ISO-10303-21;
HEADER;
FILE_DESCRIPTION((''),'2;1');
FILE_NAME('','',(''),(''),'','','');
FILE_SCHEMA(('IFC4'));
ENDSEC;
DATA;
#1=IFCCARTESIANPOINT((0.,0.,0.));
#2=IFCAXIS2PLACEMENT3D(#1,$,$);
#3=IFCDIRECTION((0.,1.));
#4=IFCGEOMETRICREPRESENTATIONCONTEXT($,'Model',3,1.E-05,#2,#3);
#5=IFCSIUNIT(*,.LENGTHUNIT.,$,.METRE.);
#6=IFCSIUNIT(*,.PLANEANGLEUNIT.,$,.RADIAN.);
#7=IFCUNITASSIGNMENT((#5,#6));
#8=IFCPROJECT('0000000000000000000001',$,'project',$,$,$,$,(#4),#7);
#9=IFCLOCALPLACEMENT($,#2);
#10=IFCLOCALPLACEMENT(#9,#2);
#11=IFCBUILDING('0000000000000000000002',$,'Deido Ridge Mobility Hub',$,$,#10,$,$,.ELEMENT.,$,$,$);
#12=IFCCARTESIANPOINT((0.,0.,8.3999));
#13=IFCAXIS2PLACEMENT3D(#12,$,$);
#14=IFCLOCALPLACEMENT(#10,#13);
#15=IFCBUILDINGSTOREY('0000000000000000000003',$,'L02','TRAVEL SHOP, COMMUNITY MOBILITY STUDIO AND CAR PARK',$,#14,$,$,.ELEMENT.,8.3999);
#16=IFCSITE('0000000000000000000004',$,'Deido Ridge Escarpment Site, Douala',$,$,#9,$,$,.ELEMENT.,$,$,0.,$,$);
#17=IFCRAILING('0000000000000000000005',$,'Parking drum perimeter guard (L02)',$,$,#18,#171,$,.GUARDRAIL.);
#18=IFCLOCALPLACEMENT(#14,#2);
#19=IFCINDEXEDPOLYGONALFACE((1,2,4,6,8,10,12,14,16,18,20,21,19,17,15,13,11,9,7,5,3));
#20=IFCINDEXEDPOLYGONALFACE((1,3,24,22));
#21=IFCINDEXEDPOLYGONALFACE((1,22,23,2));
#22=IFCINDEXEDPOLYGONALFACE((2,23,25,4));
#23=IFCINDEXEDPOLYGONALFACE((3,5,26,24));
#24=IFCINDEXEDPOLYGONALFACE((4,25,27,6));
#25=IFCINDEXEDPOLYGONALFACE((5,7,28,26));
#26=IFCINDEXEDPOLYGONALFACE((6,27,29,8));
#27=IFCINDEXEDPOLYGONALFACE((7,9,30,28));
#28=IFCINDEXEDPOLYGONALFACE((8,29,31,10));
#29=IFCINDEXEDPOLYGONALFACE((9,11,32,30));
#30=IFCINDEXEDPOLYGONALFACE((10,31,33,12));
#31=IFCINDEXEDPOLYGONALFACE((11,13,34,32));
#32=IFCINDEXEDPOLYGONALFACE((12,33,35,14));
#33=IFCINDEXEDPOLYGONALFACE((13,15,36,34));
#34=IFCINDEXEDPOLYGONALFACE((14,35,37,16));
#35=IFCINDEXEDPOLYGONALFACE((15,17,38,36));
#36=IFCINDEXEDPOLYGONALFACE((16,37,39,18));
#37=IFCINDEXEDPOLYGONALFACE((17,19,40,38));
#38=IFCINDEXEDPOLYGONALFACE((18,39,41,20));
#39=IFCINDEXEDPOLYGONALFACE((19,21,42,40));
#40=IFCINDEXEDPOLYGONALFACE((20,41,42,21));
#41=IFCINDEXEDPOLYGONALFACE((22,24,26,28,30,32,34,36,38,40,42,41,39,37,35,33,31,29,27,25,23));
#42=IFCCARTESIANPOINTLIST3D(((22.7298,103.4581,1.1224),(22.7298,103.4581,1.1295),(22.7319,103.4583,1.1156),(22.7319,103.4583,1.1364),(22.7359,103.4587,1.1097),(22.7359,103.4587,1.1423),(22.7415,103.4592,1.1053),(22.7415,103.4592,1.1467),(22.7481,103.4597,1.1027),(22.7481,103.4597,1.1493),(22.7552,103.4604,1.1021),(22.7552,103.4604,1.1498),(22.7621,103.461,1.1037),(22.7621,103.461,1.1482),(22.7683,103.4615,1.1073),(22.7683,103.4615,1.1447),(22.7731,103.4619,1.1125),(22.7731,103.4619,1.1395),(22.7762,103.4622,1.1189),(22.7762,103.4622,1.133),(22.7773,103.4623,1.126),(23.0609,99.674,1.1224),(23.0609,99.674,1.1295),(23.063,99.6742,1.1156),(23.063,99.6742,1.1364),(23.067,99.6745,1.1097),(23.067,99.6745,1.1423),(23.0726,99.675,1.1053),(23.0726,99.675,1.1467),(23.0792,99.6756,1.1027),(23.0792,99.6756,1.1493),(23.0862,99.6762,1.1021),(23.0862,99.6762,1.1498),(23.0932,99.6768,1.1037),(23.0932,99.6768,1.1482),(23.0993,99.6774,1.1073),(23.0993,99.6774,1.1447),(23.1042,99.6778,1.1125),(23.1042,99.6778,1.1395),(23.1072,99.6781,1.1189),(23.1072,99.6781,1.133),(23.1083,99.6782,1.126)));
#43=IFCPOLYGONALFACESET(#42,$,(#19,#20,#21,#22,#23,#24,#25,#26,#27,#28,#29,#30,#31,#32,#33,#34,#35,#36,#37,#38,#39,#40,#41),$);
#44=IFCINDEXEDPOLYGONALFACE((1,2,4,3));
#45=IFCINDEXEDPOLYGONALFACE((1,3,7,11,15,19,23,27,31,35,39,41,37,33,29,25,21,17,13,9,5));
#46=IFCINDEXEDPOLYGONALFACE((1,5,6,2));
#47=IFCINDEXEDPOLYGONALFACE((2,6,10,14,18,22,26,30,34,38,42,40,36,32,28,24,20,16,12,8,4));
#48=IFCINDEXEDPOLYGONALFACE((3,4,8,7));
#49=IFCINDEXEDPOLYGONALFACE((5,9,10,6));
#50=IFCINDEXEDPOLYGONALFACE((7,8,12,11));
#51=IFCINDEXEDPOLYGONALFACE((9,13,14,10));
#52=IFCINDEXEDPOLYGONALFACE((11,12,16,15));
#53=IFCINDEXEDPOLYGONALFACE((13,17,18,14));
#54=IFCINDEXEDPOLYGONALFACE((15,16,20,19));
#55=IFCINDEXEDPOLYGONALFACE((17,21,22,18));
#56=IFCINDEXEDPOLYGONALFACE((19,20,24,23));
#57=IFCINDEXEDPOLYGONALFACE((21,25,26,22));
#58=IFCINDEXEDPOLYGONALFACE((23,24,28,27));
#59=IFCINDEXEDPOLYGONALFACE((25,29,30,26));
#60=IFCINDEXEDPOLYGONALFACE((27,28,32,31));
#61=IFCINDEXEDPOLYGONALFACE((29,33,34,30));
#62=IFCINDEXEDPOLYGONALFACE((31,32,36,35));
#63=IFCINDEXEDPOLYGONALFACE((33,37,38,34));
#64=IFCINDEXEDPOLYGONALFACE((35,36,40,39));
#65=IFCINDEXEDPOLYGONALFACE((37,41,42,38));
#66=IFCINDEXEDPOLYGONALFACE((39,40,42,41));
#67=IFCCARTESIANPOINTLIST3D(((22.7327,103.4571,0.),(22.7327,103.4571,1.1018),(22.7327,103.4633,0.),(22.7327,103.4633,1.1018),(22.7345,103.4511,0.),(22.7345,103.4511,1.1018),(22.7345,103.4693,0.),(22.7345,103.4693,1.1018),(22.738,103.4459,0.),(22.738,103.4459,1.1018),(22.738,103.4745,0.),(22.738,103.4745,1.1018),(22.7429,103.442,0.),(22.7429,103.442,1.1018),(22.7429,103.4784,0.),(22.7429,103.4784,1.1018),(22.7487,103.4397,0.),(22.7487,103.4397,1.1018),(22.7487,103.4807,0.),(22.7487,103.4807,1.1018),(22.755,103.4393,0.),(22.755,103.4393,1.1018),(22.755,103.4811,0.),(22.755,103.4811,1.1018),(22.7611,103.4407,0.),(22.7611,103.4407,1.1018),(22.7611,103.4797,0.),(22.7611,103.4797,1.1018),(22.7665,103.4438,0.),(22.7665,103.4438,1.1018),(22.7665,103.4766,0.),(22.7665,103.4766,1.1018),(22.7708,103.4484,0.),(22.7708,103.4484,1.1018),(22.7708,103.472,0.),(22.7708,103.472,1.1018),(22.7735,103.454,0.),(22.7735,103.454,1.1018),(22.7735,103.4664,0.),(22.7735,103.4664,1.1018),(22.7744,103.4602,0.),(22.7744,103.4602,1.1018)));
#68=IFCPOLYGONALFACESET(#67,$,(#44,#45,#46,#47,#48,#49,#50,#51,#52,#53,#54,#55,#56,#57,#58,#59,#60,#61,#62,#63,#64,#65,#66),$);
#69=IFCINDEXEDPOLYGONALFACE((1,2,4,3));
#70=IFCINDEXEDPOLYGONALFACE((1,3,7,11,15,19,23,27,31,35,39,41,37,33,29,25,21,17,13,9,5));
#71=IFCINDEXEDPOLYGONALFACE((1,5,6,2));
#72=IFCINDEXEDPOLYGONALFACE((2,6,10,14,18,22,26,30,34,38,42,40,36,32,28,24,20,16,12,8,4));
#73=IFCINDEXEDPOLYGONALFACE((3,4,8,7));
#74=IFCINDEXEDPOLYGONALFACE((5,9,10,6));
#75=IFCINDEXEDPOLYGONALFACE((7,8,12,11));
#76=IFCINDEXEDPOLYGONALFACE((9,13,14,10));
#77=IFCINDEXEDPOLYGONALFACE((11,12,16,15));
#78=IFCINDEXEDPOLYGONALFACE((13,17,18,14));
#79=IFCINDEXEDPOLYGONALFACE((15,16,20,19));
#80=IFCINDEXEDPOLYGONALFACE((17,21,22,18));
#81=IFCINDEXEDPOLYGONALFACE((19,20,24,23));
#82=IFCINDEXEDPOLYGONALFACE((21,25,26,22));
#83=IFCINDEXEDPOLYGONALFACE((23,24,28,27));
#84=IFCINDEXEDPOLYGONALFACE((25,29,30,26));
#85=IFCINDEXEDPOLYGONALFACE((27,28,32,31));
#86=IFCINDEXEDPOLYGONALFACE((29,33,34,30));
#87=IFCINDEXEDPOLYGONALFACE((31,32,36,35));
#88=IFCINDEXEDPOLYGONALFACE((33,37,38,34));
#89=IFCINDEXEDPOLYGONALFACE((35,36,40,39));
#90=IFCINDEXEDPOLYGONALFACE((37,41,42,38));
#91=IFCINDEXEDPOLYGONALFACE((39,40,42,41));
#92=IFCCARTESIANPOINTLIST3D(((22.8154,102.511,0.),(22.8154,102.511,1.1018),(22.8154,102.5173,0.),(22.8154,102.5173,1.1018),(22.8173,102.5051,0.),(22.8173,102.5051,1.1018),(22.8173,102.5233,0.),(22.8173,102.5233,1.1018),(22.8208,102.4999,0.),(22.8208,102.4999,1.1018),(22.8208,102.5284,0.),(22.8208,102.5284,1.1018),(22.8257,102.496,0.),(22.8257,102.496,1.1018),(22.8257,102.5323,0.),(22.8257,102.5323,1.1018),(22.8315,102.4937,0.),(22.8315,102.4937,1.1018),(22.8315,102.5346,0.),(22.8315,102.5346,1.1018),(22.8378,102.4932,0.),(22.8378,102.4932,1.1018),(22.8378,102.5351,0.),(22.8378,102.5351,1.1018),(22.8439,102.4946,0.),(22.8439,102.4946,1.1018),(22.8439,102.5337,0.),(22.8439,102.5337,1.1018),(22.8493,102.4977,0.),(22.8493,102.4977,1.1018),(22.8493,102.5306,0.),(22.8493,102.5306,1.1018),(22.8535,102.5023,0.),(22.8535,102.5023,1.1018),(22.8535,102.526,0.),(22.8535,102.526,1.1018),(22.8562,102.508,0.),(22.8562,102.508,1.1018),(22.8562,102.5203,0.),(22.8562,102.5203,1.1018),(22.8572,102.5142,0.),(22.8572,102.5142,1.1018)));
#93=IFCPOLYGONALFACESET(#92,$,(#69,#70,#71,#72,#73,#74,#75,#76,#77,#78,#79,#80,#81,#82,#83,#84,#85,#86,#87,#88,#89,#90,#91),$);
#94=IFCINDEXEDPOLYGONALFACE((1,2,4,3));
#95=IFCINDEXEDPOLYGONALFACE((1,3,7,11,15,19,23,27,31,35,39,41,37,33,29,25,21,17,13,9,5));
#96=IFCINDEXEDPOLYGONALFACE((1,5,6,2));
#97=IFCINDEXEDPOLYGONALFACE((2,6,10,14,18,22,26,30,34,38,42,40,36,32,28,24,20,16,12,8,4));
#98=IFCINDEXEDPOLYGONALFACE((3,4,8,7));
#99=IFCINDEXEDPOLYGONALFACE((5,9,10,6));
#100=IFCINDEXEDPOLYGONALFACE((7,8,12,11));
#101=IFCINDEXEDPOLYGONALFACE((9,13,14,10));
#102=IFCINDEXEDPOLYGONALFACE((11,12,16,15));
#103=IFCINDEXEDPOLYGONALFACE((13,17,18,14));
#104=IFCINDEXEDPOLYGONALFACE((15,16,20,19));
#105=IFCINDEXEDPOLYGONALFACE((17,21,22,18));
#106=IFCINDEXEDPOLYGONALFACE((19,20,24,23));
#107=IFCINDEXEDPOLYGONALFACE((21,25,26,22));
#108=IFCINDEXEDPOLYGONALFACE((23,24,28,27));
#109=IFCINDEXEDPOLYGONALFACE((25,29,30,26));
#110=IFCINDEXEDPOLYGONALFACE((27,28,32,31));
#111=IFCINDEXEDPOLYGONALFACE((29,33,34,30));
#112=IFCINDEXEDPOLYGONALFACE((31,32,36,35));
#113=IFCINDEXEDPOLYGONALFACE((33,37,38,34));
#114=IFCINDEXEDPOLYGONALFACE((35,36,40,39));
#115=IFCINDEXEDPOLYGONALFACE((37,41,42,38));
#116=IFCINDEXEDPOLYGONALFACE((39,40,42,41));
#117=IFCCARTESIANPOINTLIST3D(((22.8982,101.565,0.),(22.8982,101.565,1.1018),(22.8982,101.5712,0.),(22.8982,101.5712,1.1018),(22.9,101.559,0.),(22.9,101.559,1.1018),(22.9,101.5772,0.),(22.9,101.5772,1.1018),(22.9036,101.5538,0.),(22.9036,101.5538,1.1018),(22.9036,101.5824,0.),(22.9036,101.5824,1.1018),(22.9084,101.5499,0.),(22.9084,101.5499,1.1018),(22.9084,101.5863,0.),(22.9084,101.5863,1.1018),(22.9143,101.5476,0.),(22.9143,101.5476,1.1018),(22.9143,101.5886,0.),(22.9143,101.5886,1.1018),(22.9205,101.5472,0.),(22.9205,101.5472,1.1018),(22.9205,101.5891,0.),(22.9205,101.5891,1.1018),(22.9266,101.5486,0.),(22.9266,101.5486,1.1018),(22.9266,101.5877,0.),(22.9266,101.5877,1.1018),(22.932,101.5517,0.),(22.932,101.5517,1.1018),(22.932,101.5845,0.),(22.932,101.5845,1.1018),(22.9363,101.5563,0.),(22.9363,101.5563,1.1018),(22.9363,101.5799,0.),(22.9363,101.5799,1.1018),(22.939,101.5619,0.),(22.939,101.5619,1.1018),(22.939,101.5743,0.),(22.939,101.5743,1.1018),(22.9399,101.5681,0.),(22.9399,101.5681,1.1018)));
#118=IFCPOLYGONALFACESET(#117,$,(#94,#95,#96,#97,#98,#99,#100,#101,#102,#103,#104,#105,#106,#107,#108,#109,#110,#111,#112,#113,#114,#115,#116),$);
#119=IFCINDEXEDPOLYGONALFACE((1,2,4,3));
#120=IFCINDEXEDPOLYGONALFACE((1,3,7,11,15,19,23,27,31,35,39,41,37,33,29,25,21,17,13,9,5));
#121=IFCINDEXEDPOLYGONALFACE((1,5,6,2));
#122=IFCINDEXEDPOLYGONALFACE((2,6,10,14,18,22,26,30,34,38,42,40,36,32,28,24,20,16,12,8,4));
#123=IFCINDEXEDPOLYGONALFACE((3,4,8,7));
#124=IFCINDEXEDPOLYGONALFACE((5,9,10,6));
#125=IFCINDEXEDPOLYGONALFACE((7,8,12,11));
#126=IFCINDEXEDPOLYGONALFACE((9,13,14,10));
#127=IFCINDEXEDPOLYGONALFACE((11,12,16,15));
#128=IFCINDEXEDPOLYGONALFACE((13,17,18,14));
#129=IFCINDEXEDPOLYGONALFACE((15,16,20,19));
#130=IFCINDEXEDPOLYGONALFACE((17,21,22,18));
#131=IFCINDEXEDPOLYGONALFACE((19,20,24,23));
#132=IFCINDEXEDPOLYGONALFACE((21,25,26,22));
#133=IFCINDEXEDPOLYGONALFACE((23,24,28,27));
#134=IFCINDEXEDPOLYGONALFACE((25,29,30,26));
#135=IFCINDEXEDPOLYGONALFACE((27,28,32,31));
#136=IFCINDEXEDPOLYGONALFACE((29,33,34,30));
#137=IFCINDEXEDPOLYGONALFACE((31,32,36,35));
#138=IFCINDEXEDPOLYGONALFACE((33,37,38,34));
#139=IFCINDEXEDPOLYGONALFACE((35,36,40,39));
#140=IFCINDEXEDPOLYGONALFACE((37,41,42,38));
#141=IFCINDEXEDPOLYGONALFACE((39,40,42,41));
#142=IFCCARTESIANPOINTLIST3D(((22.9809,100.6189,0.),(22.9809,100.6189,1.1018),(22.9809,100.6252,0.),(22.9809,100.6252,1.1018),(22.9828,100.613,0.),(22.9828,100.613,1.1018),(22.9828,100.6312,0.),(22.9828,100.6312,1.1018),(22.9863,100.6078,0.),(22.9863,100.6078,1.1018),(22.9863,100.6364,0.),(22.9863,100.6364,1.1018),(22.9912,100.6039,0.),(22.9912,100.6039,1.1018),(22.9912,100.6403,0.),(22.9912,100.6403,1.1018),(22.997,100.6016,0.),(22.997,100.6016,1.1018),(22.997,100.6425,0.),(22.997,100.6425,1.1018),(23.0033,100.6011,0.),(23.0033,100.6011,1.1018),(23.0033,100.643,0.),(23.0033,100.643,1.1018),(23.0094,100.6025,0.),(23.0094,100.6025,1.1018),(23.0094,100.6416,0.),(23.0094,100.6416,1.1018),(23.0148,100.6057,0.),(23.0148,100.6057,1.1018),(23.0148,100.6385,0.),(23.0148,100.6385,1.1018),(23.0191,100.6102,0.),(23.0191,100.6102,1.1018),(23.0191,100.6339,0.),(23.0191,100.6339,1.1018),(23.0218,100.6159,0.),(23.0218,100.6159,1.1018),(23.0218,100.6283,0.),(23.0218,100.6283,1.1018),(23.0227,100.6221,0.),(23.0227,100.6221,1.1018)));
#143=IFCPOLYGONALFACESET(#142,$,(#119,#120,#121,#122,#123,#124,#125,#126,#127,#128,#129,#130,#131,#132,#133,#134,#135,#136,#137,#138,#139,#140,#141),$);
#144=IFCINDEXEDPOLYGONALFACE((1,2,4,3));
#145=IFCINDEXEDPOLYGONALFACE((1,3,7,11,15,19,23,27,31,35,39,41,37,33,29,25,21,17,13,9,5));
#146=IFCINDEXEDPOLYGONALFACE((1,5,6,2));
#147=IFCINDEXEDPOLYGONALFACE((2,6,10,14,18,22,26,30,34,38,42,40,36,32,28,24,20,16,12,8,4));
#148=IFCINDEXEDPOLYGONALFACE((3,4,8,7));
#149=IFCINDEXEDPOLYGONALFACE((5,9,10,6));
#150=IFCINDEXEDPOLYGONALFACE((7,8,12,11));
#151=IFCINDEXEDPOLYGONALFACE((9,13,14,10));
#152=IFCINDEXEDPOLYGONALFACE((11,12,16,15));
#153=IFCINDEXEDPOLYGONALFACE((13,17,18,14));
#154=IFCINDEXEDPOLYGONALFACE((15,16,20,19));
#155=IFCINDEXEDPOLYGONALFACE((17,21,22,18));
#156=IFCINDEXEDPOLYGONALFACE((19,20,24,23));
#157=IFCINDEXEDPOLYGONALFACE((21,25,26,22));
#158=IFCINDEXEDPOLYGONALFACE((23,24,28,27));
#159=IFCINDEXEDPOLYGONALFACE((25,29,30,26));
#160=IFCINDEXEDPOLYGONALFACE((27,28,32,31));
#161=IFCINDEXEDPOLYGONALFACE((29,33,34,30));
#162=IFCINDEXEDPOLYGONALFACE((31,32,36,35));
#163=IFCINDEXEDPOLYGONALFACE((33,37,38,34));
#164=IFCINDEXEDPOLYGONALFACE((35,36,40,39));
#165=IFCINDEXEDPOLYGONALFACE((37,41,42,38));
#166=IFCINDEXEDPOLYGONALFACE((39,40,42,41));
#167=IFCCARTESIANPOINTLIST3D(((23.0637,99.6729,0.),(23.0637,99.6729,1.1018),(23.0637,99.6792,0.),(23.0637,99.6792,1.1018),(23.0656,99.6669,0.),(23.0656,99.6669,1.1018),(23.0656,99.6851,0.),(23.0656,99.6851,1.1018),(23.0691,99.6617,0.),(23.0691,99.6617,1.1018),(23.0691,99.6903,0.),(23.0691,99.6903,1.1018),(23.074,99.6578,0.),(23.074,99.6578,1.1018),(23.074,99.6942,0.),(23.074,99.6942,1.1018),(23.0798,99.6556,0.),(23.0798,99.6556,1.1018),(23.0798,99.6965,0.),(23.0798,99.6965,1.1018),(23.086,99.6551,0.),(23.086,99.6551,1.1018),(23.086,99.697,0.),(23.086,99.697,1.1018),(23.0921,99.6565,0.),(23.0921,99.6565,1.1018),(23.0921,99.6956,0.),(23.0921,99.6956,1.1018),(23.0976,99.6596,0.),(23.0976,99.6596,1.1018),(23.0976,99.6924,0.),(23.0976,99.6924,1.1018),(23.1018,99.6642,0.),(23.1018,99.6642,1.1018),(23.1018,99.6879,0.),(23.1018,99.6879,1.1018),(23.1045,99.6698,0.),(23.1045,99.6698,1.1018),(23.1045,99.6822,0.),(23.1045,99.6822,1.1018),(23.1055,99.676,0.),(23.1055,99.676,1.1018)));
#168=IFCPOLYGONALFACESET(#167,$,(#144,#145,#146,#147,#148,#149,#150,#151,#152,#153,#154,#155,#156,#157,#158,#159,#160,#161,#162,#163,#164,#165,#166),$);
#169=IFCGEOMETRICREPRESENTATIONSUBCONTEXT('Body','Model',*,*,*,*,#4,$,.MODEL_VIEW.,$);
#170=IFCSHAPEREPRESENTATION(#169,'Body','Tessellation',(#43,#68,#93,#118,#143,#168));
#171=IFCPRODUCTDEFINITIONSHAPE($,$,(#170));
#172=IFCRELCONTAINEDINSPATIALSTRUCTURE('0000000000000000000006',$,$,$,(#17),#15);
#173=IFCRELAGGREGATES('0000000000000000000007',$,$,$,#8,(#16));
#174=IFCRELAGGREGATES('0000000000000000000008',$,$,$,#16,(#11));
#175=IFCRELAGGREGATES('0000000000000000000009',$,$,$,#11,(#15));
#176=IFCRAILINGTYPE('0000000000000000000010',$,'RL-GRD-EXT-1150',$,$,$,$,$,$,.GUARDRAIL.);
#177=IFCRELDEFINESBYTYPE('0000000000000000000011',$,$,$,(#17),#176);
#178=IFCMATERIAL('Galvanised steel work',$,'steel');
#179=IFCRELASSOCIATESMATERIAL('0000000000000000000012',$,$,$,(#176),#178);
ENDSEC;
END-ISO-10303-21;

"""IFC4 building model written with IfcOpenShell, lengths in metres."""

from ifc_helpers import new_model, si_unit, direction, frame, origin, origin_2d, place, context, subcontext, project, spatial, circle, extrude, material, type_object, element, save


model = new_model("IFC4")

# Units and contexts
model_context = context("Model", 3, precision=1e-05, world=origin(), true_north=direction((0.0, 1.0)))
body_context = subcontext(model_context, "Body", "Model", "MODEL_VIEW")
ifc_project = project(units=[si_unit("LENGTHUNIT", "METRE"), si_unit("PLANEANGLEUNIT", "RADIAN")], contexts=[model_context])

# Site, building, storey
site_placement = place(None, origin())
site = spatial("IfcSite", under=ifc_project, at=site_placement, Name="Deido Ridge Escarpment Site, Douala", CompositionType="ELEMENT", RefElevation=0.0)
building_placement = place(site_placement, origin())
building = spatial("IfcBuilding", under=site, at=building_placement, Name="Deido Ridge Mobility Hub", CompositionType="ELEMENT")
storey_placement = place(building_placement, frame((0.0, 0.0, 8.3999)))
storey = spatial("IfcBuildingStorey", under=building, at=storey_placement, Name="L02", Description="TRAVEL SHOP, COMMUNITY MOBILITY STUDIO AND CAR PARK", CompositionType="ELEMENT", Elevation=8.3999)

# Railing
ifc_material_1 = material(Name="Galvanised steel work", Category="steel")
railing_type = type_object("IfcRailingType", Name="RL-GRD-EXT-1150", PredefinedType="GUARDRAIL", material=ifc_material_1)
railing_1_placement = place(storey_placement, frame((22.7534, 103.4602, 0.0)))
element("IfcRailing", 1, at=railing_1_placement, inside=storey, type_object=railing_type, Name="Parking drum perimeter guard (L02)", PredefinedType="GUARDRAIL", context=body_context, shape_type="SweptSolid", body=[
    extrude(circle(Radius=0.0239, at=origin_2d()), frame((0.0, 0.0, 1.126), z_axis=(0.087151, -0.996195, 0.0), x_axis=(0.996195, 0.087151, 0.0)), (0.0, 0.0, 1.0), 3.7986),
    extrude(circle(Radius=0.021, at=origin_2d()), origin(), (0.0, 0.0, 1.0), 1.1018),
    extrude(circle(Radius=0.021, at=origin_2d()), frame((0.0828, -0.946, 0.0)), (0.0, 0.0, 1.0), 1.1018),
    extrude(circle(Radius=0.021, at=origin_2d()), frame((0.1655, -1.8921, 0.0)), (0.0, 0.0, 1.0), 1.1018),
    extrude(circle(Radius=0.021, at=origin_2d()), frame((0.2483, -2.8381, 0.0)), (0.0, 0.0, 1.0), 1.1018),
    extrude(circle(Radius=0.021, at=origin_2d()), frame((0.3311, -3.7842, 0.0)), (0.0, 0.0, 1.0), 1.1018),
])

save(model, "model.ifc")
